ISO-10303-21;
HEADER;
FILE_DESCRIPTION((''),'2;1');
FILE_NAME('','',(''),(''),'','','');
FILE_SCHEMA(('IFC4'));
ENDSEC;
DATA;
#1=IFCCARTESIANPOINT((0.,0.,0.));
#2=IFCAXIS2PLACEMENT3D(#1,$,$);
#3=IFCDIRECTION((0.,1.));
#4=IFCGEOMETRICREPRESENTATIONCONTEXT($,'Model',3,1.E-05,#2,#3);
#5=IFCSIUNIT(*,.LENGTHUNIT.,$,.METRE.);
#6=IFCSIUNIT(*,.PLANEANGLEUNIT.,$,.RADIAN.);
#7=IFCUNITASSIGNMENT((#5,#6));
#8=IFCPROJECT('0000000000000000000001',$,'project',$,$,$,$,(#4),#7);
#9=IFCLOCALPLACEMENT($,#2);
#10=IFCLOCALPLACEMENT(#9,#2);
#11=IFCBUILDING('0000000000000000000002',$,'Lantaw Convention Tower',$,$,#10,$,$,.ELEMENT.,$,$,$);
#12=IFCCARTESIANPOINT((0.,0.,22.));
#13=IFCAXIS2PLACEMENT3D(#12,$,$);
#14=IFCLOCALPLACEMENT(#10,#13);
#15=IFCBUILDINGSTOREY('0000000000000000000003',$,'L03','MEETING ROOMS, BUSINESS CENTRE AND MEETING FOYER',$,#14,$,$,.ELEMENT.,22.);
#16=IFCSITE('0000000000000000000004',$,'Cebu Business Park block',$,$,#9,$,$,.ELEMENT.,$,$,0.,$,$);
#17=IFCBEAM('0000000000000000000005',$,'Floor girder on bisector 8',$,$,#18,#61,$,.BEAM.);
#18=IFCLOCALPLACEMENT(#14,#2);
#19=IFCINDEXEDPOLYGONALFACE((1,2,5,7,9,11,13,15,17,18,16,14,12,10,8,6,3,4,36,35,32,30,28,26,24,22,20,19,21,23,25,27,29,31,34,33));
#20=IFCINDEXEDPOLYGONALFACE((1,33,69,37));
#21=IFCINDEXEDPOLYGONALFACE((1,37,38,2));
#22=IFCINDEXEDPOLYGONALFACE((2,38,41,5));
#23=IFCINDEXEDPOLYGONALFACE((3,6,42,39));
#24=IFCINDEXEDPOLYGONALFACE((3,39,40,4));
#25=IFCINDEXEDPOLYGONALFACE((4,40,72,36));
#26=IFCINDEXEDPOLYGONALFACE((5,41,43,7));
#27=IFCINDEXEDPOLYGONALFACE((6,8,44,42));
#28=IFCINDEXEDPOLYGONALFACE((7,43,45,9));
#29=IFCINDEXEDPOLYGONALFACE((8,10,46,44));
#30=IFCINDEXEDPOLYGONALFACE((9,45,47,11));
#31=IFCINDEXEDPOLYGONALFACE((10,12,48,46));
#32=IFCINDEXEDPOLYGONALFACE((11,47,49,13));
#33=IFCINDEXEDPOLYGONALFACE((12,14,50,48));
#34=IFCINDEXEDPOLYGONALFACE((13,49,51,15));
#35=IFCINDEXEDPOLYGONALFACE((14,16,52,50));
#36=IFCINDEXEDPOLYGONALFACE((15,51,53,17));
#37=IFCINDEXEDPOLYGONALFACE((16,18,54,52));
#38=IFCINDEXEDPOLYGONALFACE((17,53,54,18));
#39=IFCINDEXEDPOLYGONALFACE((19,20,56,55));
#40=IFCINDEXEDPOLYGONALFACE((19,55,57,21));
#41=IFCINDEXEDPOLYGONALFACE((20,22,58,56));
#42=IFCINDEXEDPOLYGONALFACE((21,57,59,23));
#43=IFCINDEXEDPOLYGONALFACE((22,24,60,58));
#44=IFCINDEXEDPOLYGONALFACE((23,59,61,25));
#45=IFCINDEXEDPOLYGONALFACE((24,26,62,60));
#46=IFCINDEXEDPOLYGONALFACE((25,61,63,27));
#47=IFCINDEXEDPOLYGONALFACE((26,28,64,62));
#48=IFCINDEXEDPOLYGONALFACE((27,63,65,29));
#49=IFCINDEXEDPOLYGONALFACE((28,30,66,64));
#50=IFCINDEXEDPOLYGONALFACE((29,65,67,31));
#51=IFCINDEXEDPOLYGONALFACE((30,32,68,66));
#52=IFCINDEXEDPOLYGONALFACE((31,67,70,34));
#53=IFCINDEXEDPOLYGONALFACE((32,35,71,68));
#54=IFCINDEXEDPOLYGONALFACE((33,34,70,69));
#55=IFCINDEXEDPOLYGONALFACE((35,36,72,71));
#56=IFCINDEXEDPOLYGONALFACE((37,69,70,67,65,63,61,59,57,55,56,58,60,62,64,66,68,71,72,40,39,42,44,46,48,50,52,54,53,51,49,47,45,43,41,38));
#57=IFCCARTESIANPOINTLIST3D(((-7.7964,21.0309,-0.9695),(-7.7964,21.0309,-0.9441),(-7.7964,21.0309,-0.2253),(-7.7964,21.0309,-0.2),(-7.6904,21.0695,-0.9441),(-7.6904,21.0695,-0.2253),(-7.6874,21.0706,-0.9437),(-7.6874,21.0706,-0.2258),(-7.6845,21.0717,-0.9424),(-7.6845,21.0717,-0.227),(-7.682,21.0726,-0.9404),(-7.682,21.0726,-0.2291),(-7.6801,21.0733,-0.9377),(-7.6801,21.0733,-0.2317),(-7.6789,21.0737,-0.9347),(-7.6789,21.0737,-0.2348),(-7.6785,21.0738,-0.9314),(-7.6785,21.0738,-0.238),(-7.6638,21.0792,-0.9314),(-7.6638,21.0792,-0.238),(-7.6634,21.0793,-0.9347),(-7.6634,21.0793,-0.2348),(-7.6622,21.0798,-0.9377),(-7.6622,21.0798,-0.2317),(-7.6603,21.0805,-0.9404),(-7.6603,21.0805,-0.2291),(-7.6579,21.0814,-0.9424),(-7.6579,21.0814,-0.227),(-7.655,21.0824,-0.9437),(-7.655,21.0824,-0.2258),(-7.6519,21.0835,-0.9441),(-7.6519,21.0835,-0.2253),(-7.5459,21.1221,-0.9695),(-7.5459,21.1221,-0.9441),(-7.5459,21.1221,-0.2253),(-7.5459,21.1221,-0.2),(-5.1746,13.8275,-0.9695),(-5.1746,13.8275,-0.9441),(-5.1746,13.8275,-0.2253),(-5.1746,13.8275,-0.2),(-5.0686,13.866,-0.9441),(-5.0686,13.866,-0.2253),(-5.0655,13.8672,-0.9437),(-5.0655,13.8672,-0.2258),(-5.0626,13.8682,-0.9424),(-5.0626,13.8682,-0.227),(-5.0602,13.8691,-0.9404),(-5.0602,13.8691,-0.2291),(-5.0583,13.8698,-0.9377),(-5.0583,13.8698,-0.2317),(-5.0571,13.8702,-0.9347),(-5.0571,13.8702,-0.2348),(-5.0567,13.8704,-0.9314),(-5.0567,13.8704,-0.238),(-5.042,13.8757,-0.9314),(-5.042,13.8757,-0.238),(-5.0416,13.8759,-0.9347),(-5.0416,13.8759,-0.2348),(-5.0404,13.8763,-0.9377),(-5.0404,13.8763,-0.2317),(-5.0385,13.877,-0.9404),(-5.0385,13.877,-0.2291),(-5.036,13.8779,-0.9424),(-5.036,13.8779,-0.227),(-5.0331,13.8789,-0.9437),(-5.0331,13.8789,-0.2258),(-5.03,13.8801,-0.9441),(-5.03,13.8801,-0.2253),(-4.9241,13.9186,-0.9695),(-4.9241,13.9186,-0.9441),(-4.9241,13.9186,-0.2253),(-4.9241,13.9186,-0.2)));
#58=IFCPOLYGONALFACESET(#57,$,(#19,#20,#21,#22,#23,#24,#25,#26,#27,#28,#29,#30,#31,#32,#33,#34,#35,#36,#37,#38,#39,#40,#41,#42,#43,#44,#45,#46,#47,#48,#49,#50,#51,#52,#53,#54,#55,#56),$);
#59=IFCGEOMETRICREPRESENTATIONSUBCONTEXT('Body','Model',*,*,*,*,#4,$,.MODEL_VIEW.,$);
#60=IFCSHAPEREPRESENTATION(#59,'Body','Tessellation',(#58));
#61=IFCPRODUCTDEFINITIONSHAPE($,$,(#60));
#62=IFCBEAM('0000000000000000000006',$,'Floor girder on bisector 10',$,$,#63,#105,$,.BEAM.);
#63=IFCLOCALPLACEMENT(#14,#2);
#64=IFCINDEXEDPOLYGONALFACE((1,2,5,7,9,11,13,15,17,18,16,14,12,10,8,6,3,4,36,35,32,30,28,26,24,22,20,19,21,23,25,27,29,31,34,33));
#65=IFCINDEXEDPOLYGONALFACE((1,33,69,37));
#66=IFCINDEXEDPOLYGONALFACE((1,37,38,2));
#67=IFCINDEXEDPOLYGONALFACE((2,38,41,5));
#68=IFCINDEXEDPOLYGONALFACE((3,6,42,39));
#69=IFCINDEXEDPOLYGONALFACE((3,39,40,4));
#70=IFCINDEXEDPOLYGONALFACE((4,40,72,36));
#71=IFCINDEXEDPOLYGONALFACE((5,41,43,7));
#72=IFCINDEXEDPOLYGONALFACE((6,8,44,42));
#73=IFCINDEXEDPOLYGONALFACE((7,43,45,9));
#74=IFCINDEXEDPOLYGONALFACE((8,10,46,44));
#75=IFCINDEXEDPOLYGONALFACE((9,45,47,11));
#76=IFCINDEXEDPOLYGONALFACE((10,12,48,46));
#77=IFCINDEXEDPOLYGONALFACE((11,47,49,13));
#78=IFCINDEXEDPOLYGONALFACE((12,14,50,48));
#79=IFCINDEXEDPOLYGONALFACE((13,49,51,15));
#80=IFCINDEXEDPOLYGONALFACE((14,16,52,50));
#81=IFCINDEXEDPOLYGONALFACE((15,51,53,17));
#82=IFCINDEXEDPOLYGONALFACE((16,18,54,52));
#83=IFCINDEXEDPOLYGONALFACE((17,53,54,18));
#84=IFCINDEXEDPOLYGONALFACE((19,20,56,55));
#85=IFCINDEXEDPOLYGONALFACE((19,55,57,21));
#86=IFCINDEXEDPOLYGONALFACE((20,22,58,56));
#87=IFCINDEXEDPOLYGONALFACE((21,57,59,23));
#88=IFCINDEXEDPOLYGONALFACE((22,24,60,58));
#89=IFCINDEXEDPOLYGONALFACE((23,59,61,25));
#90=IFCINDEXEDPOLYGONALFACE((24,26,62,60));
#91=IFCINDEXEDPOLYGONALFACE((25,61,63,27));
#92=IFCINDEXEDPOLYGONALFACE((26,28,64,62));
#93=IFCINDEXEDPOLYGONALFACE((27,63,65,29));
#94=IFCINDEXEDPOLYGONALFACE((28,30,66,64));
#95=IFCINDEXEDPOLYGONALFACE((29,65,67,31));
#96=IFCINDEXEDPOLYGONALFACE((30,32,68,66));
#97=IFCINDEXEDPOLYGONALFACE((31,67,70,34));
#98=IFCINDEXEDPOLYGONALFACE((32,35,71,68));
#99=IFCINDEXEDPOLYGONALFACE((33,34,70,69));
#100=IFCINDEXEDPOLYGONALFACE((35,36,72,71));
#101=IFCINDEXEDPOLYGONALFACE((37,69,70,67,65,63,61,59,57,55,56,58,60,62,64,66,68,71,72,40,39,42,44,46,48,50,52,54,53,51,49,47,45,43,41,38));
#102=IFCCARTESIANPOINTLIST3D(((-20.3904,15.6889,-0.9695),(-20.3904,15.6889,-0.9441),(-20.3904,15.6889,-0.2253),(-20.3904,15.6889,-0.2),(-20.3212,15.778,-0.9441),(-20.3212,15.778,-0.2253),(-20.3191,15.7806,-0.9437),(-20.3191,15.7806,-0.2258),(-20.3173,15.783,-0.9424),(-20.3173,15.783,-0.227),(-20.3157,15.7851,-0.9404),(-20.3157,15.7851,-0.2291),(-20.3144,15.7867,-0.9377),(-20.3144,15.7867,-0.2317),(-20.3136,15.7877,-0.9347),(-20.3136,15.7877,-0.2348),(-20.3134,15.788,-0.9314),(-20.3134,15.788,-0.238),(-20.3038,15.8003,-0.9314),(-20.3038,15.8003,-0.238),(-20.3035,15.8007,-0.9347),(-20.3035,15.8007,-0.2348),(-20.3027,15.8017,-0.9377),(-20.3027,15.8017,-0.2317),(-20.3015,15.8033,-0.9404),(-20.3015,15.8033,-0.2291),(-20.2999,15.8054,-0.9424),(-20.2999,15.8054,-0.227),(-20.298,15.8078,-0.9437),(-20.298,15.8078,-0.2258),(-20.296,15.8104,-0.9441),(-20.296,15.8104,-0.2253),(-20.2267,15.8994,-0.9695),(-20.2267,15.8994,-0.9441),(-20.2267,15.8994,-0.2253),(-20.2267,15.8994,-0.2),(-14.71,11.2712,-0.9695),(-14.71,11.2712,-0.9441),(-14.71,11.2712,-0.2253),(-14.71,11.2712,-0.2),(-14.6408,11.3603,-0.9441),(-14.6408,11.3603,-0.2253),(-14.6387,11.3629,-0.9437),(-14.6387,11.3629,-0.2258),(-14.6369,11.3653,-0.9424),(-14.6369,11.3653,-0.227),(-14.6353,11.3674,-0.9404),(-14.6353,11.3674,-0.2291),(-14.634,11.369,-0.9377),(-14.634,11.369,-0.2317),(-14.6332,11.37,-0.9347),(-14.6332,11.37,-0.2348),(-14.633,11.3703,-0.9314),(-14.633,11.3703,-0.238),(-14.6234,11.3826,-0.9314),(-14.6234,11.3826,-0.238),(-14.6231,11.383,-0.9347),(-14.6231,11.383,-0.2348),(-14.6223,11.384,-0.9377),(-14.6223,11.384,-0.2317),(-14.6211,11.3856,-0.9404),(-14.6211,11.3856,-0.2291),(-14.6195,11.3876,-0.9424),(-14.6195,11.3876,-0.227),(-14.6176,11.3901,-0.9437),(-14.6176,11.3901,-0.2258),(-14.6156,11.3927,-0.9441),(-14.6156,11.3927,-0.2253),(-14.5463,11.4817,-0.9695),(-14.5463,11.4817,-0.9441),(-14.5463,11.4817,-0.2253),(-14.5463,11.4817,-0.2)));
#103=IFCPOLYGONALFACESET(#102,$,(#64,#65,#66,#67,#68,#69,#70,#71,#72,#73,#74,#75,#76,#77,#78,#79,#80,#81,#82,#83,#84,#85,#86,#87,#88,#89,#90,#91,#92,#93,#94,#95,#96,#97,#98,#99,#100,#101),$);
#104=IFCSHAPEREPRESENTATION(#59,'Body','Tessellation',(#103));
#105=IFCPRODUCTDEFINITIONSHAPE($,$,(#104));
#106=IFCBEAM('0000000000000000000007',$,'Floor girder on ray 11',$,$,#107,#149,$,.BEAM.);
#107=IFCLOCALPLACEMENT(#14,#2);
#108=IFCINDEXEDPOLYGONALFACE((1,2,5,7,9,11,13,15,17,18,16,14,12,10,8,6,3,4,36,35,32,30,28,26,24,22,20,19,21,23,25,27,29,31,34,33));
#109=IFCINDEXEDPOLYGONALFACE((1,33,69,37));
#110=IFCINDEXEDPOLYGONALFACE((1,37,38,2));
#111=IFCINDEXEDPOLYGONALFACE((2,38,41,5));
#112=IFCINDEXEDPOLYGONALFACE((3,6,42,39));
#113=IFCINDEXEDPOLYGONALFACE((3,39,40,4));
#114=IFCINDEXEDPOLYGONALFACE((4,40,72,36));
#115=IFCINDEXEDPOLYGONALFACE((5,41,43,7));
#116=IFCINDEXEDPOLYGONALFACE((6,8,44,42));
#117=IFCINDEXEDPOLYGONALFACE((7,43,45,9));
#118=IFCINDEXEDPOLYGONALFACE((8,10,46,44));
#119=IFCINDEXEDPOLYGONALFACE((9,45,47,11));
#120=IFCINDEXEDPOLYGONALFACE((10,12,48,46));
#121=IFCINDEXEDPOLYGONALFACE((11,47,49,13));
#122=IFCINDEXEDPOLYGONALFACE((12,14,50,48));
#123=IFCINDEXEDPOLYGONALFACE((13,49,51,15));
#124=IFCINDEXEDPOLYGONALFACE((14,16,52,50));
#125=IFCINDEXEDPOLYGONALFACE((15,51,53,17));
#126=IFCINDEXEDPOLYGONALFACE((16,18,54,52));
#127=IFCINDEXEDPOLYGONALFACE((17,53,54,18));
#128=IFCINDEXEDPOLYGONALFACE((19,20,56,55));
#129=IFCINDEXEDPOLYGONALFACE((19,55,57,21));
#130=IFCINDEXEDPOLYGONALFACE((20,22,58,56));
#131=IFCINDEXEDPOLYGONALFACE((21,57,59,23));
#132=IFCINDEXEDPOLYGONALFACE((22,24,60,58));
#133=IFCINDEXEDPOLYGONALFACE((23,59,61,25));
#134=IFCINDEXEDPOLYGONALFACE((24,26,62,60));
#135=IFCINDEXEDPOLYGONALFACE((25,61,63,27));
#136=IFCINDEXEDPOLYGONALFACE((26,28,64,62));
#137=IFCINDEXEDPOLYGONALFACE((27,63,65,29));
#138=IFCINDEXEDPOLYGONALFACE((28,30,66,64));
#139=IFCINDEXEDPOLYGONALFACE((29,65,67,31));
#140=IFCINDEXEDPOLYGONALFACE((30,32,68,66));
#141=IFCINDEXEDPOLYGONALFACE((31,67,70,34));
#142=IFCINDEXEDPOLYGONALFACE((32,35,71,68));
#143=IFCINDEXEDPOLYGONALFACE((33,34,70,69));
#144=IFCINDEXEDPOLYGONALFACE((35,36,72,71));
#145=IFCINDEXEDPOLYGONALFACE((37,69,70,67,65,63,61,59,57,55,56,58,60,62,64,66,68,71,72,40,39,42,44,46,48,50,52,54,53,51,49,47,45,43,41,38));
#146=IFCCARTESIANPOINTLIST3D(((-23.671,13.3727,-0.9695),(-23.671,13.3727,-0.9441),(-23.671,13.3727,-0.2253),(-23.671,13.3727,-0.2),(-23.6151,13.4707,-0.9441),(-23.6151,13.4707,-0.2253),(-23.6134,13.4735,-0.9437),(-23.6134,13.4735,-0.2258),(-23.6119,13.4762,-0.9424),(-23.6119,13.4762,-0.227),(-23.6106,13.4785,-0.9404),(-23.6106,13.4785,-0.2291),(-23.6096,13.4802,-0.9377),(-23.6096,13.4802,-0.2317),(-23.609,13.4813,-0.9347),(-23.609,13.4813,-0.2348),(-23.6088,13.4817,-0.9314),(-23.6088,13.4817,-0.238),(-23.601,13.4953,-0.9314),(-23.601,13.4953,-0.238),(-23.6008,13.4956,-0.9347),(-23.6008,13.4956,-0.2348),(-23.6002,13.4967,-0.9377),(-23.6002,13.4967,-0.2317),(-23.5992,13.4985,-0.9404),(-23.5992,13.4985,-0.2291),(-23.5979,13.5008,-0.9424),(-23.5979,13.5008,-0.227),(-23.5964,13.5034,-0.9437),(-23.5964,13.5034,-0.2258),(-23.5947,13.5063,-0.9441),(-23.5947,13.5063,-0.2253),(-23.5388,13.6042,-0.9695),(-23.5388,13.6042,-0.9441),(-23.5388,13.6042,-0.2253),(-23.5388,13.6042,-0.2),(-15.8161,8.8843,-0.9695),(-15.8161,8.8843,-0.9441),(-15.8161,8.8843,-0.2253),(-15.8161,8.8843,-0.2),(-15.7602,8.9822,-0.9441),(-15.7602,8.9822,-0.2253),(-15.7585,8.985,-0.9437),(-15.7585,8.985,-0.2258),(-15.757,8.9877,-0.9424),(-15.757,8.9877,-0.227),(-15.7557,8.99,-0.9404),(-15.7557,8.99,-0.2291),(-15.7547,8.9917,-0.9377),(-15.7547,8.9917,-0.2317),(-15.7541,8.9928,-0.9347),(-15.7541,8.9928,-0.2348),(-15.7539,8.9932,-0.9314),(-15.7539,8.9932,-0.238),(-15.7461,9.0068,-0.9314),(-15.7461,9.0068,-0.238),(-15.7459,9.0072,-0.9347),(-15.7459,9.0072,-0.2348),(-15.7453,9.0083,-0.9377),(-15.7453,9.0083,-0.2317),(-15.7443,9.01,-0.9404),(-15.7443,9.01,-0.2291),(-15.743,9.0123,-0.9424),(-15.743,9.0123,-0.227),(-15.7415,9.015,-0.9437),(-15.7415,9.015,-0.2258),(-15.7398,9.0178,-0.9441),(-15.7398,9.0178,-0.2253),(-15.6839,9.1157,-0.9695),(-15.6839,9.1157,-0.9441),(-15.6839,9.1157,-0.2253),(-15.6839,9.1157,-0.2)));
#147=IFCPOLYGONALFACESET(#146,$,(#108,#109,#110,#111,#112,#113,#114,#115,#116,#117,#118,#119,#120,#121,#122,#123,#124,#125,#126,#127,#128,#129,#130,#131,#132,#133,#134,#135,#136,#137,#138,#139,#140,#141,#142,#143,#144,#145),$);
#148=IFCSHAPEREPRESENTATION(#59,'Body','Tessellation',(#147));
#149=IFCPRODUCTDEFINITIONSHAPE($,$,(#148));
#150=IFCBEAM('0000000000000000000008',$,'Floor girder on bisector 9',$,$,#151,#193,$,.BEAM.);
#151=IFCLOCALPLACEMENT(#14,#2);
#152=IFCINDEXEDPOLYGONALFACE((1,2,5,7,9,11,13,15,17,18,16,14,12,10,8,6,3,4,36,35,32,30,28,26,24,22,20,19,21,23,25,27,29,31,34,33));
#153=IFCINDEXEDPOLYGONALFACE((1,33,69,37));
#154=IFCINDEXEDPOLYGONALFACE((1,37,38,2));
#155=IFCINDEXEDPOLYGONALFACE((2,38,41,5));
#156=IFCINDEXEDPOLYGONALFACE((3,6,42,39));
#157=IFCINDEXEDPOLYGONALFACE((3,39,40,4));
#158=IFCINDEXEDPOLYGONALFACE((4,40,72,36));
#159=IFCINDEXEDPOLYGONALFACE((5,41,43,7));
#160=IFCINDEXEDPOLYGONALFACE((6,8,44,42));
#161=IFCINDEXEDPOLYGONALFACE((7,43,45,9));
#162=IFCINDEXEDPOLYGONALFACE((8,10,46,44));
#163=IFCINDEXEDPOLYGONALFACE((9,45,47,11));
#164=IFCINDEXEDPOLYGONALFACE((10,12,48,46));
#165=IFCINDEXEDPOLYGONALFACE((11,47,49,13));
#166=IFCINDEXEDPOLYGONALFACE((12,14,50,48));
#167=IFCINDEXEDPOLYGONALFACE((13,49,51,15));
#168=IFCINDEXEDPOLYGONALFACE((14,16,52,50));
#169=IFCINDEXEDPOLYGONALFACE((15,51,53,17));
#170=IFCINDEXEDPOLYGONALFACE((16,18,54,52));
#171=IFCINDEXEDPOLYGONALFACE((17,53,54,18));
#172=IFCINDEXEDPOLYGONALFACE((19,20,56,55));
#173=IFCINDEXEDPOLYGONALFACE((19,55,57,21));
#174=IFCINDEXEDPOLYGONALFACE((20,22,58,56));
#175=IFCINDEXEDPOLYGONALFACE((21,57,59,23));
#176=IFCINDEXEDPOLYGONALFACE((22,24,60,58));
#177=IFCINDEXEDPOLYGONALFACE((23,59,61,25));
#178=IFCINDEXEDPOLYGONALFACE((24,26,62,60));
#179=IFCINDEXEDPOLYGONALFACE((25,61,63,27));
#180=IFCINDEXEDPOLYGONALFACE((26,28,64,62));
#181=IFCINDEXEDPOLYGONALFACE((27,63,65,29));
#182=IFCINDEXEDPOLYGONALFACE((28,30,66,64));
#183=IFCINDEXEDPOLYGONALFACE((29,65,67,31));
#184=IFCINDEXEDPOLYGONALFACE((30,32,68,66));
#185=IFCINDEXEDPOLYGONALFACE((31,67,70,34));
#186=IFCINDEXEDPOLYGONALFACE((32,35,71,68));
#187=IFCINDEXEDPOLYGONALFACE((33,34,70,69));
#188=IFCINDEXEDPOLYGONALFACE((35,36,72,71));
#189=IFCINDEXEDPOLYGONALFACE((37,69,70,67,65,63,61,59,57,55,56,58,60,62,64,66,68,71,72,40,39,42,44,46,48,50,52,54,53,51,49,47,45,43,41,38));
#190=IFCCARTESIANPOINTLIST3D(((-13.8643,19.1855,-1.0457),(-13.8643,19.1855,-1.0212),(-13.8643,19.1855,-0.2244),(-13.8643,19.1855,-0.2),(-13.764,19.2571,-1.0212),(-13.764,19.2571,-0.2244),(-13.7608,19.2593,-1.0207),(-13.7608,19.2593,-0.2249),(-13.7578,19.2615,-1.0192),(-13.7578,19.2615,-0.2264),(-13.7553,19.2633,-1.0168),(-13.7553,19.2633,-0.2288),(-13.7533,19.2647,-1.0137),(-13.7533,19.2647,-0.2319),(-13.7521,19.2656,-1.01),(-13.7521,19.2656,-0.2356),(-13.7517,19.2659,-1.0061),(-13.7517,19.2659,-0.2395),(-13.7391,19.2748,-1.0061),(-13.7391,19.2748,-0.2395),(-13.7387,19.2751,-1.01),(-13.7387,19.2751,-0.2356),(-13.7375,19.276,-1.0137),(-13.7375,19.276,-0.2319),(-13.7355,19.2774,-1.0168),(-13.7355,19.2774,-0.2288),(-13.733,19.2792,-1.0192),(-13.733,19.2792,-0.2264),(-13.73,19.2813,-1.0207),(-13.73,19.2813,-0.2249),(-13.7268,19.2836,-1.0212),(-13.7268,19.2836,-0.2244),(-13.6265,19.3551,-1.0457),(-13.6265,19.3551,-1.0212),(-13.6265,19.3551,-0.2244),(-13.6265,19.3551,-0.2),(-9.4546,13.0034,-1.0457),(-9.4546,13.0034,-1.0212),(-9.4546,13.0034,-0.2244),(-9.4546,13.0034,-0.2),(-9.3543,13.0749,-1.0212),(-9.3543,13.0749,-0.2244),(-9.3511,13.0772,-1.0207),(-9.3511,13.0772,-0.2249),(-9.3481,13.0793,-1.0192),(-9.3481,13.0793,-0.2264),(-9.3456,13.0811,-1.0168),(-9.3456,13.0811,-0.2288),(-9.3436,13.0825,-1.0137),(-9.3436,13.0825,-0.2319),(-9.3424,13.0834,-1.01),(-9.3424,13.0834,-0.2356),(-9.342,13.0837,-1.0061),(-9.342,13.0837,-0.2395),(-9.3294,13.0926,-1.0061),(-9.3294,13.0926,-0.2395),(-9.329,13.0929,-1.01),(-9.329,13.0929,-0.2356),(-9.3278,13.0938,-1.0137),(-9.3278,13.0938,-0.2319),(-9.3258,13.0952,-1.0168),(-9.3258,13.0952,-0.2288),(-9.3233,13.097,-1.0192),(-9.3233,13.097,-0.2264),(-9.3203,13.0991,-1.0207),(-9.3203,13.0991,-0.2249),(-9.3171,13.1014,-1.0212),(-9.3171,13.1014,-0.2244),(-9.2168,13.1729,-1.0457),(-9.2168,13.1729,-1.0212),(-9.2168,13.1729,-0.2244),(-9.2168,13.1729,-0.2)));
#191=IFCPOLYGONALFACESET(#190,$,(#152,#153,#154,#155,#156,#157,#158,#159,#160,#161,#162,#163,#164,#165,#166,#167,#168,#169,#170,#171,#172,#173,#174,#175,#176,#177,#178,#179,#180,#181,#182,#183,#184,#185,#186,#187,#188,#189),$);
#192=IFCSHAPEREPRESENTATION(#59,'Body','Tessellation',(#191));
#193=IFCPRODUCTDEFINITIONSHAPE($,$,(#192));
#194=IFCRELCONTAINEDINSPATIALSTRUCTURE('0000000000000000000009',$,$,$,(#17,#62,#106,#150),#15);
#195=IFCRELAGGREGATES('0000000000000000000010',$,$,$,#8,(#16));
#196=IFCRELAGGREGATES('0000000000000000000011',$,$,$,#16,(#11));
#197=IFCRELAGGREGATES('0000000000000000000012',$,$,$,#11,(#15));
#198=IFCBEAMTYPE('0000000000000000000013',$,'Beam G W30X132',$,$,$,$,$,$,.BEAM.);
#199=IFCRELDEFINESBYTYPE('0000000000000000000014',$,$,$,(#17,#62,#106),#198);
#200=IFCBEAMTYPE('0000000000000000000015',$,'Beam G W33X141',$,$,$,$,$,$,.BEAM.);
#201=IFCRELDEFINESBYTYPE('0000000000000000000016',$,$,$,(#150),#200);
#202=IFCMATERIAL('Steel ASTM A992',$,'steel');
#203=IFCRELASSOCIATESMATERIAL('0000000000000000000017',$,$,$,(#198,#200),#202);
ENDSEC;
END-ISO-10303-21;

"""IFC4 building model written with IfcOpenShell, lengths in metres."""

from ifc_helpers import new_model, si_unit, direction, frame, origin, origin_2d, place, context, subcontext, project, spatial, i_section, extrude, material, material_profile, profile_set, type_object, element, save


model = new_model("IFC4")

# Units and contexts
model_context = context("Model", 3, precision=1e-05, world=origin(), true_north=direction((0.0, 1.0)))
body_context = subcontext(model_context, "Body", "Model", "MODEL_VIEW")
ifc_project = project(units=[si_unit("LENGTHUNIT", "METRE"), si_unit("PLANEANGLEUNIT", "RADIAN")], contexts=[model_context])

# Site, building, storey
site_placement = place(None, origin())
site = spatial("IfcSite", under=ifc_project, at=site_placement, Name="Cebu Business Park block", CompositionType="ELEMENT", RefElevation=0.0)
building_placement = place(site_placement, origin())
building = spatial("IfcBuilding", under=site, at=building_placement, Name="Lantaw Convention Tower", CompositionType="ELEMENT")
storey_placement = place(building_placement, frame((0.0, 0.0, 22.0)))
storey = spatial("IfcBuildingStorey", under=building, at=storey_placement, Name="L03", Description="MEETING ROOMS, BUSINESS CENTRE AND MEETING FOYER", CompositionType="ELEMENT", Elevation=22.0)

# Beams
ifc_material_1 = material(Name="Steel ASTM A992", Category="steel")
ifc_material_profile_1 = material_profile(ifc_material_1, i_section(OverallWidth=0.2666, OverallDepth=0.7695, WebThickness=0.0156, FlangeThickness=0.0254, FilletRadius=0.0127, at=origin_2d()), Name="W30X132")
ifc_profile_set_1 = profile_set([ifc_material_profile_1], Name="Steel ASTM A992")
beam_type_1 = type_object("IfcBeamType", Name="Beam G W30X132", PredefinedType="BEAM", material=ifc_profile_set_1)
beam_1_placement = place(storey_placement, frame((-5.0493, 13.873, -0.5847), z_axis=(-0.342022, 0.939692, 0.0), x_axis=(-0.939692, -0.342022, 0.0)))
element("IfcBeam", 1, at=beam_1_placement, inside=storey, type_object=beam_type_1, Name="Floor girder on bisector 8", PredefinedType="BEAM", context=body_context, shape_type="SweptSolid", body=[
    extrude(i_section(OverallWidth=0.2666, OverallDepth=0.7695, WebThickness=0.0156, FlangeThickness=0.0254, FilletRadius=0.0127, at=origin_2d()), origin(), (0.0, 0.0, 1.0), 7.6658),
])
beam_2_placement = place(storey_placement, frame((-14.6282, 11.3765, -0.5847), z_axis=(-0.789378, 0.613908, 0.0), x_axis=(-0.613908, -0.789378, 0.0)))
element("IfcBeam", 2, at=beam_2_placement, inside=storey, type_object=beam_type_1, Name="Floor girder on bisector 10", PredefinedType="BEAM", context=body_context, shape_type="SweptSolid", body=[
    extrude(i_section(OverallWidth=0.2666, OverallDepth=0.7695, WebThickness=0.0156, FlangeThickness=0.0254, FilletRadius=0.0127, at=origin_2d()), origin(), (0.0, 0.0, 1.0), 7.196),
])
beam_3_placement = place(storey_placement, frame((-15.75, 9.0, -0.5847), z_axis=(-0.868245, 0.496136, 0.0), x_axis=(-0.496136, -0.868245, 0.0)))
element("IfcBeam", 3, at=beam_3_placement, inside=storey, type_object=beam_type_1, Name="Floor girder on ray 11", PredefinedType="BEAM", context=body_context, shape_type="SweptSolid", body=[
    extrude(i_section(OverallWidth=0.2666, OverallDepth=0.7695, WebThickness=0.0156, FlangeThickness=0.0254, FilletRadius=0.0127, at=origin_2d()), origin(), (0.0, 0.0, 1.0), 9.0469),
])
ifc_material_profile_2 = material_profile(ifc_material_1, i_section(OverallWidth=0.292, OverallDepth=0.8457, WebThickness=0.0154, FlangeThickness=0.0244, FilletRadius=0.0151, at=origin_2d()), Name="W33X141")
ifc_profile_set_2 = profile_set([ifc_material_profile_2], Name="Steel ASTM A992")
beam_type_2 = type_object("IfcBeamType", Name="Beam G W33X141", PredefinedType="BEAM", material=ifc_profile_set_2)
beam_4_placement = place(storey_placement, frame((-9.3357, 13.0881, -0.6228), z_axis=(-0.580703, 0.814116, 0.0), x_axis=(-0.814116, -0.580703, 0.0)))
element("IfcBeam", 4, at=beam_4_placement, inside=storey, type_object=beam_type_2, Name="Floor girder on bisector 9", PredefinedType="BEAM", context=body_context, shape_type="SweptSolid", body=[
    extrude(i_section(OverallWidth=0.292, OverallDepth=0.8457, WebThickness=0.0154, FlangeThickness=0.0244, FilletRadius=0.0151, at=origin_2d()), origin(), (0.0, 0.0, 1.0), 7.5938),
])

save(model, "model.ifc")
